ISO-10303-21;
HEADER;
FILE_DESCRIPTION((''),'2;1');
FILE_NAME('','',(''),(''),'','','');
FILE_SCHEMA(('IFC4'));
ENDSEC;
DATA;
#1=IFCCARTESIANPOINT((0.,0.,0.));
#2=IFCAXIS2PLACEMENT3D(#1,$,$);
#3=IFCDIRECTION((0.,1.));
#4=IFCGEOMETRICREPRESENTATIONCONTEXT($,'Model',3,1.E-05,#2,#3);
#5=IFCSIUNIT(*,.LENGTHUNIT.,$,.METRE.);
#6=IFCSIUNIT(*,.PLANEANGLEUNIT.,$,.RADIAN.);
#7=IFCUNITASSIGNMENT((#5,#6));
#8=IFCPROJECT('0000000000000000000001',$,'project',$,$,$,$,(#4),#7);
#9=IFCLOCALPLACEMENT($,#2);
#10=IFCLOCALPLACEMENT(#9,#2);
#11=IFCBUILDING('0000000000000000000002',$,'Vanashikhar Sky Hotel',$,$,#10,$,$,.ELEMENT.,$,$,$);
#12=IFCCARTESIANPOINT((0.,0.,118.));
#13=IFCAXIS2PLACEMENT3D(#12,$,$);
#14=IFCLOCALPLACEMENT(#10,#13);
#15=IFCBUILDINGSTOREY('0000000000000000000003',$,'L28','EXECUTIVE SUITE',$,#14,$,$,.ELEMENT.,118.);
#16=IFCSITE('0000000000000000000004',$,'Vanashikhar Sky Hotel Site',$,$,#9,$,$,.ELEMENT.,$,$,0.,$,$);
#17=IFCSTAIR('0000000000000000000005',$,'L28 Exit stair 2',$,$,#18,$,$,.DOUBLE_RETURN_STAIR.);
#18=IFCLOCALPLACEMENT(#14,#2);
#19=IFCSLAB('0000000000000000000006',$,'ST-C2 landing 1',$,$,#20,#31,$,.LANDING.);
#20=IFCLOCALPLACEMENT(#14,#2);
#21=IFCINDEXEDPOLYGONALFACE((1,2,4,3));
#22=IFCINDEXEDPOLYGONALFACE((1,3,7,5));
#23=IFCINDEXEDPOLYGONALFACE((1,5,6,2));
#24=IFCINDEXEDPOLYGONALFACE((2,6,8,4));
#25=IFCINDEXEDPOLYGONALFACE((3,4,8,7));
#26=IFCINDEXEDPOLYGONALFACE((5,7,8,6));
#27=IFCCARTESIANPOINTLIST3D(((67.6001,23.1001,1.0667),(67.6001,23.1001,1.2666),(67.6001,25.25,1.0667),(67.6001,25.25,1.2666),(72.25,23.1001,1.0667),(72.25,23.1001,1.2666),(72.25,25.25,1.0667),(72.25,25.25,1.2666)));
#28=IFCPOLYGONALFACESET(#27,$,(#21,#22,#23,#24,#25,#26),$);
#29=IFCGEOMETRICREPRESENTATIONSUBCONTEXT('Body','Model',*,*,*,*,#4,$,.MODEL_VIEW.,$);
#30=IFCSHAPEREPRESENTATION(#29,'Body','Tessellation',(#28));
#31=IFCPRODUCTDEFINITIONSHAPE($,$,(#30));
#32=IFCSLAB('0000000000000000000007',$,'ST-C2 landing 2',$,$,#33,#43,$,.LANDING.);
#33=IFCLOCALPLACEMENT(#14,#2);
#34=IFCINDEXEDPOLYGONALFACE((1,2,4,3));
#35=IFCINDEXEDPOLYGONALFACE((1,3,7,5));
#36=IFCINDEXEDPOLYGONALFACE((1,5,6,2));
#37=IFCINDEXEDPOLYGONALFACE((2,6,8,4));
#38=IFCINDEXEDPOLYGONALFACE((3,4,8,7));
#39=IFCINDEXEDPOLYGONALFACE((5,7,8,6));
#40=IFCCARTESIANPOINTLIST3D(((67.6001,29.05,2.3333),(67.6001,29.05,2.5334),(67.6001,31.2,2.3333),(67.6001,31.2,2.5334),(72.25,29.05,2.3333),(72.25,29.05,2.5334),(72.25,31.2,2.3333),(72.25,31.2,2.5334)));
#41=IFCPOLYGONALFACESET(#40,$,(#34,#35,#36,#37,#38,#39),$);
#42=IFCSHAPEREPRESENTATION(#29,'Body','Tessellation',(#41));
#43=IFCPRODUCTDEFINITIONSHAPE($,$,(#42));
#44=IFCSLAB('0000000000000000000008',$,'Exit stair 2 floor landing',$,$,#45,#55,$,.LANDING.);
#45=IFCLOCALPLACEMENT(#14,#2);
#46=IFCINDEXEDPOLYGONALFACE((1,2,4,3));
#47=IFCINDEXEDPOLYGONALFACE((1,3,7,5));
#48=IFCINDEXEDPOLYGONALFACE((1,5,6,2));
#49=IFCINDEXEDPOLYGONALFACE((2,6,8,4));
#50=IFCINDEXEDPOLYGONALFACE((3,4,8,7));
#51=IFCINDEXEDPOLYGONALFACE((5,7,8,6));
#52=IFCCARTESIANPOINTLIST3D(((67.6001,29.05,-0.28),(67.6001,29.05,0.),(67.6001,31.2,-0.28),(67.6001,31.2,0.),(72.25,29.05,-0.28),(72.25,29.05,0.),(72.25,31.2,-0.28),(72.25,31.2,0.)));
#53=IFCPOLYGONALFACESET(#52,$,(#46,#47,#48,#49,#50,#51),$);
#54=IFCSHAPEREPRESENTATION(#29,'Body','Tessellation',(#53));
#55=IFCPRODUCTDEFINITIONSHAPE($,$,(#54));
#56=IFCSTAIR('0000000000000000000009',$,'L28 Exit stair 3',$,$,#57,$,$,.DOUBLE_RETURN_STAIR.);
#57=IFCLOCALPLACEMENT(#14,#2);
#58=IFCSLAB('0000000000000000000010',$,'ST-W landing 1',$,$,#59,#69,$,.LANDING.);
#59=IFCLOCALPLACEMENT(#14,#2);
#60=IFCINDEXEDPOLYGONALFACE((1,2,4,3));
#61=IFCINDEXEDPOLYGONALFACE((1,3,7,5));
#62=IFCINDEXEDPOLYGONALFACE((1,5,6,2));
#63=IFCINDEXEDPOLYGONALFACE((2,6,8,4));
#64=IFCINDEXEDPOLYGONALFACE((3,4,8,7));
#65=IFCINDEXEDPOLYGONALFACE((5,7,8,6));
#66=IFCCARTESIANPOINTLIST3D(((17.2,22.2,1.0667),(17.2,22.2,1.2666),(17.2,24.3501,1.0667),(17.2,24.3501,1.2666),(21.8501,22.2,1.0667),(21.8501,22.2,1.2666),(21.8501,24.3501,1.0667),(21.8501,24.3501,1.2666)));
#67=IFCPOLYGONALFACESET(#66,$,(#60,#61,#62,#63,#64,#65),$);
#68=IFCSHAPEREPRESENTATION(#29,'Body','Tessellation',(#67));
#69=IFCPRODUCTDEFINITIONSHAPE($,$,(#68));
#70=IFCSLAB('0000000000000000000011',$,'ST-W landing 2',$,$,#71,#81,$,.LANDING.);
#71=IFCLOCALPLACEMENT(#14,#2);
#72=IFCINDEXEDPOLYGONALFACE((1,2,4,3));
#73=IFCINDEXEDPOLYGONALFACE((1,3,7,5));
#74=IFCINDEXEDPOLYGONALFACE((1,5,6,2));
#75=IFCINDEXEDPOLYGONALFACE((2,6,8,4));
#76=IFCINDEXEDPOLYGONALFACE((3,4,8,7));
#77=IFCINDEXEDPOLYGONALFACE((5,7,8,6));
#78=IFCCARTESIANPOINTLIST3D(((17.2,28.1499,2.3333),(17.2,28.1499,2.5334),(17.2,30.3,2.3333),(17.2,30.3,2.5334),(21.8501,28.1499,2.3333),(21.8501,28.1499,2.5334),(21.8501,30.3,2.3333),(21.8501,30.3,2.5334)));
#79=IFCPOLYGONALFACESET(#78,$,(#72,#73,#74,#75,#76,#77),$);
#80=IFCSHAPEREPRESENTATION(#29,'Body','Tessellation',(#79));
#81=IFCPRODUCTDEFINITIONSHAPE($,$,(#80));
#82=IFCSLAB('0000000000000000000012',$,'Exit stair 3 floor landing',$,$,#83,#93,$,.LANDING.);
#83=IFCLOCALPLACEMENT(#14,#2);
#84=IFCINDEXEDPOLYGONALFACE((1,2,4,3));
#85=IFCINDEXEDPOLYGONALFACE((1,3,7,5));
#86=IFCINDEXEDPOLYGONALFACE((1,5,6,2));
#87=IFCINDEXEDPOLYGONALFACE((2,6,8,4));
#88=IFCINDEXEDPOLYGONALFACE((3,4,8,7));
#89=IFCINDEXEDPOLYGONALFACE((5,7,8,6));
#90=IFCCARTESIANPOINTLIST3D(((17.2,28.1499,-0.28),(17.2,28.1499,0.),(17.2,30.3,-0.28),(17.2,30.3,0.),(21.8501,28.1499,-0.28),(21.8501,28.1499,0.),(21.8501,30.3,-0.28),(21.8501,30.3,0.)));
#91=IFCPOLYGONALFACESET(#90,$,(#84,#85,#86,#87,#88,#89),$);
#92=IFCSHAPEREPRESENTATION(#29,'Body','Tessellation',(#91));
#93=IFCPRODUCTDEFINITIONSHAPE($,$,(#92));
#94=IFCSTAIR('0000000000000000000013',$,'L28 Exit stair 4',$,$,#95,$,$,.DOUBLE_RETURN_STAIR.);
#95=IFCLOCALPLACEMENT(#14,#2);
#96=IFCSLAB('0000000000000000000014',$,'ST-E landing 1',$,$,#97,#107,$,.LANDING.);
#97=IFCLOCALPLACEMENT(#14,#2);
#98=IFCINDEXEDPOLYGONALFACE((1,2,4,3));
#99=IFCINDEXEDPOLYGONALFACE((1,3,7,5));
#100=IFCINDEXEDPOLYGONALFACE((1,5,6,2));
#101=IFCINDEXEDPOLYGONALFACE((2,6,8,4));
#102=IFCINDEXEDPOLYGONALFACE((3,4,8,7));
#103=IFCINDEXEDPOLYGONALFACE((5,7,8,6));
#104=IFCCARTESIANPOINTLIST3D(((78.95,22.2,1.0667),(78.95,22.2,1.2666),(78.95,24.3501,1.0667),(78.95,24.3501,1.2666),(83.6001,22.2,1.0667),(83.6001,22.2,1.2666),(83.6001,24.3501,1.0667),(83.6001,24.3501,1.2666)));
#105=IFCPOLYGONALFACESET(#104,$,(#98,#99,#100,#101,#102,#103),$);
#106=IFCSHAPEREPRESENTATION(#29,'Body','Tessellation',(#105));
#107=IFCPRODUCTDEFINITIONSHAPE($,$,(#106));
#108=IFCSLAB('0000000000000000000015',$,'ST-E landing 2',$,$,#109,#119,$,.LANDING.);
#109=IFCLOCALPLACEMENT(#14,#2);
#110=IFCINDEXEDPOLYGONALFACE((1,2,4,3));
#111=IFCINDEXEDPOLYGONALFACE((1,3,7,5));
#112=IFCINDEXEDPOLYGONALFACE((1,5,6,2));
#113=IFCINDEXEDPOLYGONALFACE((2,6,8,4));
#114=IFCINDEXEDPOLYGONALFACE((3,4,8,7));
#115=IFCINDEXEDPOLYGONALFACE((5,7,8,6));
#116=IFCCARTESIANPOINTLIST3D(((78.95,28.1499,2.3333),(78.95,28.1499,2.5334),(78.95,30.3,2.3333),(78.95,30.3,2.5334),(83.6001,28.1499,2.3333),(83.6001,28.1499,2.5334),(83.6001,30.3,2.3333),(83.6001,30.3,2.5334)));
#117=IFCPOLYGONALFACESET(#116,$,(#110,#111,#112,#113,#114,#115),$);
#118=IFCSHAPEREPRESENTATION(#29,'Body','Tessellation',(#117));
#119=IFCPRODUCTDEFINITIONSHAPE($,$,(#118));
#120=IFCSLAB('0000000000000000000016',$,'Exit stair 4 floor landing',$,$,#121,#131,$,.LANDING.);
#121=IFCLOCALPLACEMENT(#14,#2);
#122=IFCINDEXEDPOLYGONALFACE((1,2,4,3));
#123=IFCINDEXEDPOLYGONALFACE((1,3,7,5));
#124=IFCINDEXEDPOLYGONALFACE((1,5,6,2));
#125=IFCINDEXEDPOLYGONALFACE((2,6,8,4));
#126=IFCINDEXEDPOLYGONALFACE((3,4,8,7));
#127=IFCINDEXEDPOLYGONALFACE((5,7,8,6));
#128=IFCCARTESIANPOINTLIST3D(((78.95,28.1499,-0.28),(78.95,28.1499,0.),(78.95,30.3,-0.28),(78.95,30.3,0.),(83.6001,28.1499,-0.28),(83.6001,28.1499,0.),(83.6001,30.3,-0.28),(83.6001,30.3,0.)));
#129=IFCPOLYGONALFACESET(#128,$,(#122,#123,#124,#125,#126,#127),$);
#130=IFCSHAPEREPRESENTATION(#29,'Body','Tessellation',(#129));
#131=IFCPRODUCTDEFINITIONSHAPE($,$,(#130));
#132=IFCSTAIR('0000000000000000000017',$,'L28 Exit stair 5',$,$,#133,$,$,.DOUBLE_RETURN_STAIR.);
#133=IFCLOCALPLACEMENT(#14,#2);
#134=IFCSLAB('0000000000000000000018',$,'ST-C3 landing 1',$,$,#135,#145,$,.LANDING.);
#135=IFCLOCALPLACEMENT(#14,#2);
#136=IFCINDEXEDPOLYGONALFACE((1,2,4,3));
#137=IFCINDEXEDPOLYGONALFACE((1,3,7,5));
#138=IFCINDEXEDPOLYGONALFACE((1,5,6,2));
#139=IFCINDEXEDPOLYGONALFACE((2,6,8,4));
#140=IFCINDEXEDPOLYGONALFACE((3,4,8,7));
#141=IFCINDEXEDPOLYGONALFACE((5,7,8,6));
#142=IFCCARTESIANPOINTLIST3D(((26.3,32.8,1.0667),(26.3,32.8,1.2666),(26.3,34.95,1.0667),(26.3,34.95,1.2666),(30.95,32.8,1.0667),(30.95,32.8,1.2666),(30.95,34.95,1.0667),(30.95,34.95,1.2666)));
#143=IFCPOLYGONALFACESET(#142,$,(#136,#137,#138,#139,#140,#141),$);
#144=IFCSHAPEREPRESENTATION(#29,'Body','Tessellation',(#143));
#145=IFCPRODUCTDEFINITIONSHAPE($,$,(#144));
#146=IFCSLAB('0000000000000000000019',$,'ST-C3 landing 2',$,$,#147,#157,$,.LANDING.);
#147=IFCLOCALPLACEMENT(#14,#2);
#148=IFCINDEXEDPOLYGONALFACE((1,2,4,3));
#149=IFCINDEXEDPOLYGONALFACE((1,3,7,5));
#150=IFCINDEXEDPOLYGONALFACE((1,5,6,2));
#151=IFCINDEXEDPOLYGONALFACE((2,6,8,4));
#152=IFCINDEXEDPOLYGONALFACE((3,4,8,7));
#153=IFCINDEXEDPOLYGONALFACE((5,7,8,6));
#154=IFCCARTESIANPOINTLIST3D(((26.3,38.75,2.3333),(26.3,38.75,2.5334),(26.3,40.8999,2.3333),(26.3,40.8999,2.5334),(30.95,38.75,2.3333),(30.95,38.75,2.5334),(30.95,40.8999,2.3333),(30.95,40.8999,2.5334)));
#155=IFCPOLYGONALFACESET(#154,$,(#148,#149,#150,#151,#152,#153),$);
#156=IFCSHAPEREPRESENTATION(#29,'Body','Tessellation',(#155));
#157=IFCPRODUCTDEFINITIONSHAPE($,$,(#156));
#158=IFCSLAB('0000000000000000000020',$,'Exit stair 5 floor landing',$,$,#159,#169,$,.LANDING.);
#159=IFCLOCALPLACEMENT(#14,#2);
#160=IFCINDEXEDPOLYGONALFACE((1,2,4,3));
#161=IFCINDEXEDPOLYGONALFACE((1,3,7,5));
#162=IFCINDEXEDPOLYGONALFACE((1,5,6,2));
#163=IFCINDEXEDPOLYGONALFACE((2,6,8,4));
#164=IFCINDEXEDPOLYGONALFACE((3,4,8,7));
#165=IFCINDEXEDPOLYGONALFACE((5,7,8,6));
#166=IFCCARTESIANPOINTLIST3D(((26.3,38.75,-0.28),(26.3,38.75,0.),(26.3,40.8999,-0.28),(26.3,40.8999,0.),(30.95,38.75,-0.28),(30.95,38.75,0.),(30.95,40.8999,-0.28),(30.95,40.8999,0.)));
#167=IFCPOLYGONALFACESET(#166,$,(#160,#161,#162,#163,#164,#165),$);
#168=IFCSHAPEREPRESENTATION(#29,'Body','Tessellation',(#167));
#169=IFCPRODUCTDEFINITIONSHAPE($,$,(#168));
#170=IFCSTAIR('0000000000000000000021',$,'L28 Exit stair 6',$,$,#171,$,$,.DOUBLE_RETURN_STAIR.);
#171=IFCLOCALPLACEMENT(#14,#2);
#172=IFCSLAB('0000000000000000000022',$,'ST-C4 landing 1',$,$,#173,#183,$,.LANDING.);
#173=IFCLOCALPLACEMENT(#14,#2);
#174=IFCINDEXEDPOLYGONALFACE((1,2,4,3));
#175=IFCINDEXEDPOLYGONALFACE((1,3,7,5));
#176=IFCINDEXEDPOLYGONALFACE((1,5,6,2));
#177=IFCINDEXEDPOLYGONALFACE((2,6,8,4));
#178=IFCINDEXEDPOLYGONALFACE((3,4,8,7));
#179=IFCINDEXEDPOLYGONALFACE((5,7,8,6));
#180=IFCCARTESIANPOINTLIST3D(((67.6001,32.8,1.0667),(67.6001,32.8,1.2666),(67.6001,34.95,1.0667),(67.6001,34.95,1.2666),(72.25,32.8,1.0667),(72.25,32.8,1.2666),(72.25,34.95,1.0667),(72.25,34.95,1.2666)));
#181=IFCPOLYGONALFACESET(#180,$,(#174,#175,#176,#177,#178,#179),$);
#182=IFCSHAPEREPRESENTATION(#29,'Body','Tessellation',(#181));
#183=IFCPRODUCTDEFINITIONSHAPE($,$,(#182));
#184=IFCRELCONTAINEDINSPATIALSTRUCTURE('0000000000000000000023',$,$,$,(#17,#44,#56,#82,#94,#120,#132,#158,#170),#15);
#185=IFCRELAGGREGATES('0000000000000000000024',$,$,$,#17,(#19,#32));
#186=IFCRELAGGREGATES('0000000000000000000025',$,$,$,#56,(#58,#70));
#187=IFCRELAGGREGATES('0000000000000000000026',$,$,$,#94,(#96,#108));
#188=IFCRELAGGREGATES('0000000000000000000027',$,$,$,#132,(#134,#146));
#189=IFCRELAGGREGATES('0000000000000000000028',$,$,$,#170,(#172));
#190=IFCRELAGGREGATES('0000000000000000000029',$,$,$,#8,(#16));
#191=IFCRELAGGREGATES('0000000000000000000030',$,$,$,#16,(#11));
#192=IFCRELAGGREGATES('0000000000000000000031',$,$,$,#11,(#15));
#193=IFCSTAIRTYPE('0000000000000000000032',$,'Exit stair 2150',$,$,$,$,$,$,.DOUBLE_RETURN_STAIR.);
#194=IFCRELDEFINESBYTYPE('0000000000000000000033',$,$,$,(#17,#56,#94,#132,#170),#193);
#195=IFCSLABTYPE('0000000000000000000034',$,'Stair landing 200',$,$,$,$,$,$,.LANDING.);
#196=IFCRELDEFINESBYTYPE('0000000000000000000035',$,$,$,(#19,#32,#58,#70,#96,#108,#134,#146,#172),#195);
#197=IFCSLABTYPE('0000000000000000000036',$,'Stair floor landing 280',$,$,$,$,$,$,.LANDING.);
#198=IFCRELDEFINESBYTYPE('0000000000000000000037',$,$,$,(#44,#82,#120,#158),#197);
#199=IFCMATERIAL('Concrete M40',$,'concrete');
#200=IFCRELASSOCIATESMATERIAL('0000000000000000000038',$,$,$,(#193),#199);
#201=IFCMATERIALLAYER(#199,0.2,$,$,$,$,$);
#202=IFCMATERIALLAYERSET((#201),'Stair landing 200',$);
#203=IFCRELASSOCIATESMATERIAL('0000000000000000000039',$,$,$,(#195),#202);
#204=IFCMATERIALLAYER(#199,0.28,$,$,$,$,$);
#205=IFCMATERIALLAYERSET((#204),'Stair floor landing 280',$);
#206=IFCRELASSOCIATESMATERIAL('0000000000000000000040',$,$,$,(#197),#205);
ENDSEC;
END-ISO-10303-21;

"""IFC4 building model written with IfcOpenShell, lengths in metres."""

from ifc_helpers import new_model, si_unit, direction, frame, origin, place, context, subcontext, project, spatial, polyline, outline, extrude, source, transform, mapped, material, layer, layer_set, type_object, element, aggregate, save


model = new_model("IFC4")

# Units and contexts
model_context = context("Model", 3, precision=1e-05, world=origin(), true_north=direction((0.0, 1.0)))
body_context = subcontext(model_context, "Body", "Model", "MODEL_VIEW")
ifc_project = project(units=[si_unit("LENGTHUNIT", "METRE"), si_unit("PLANEANGLEUNIT", "RADIAN")], contexts=[model_context])

# Site, building, storey
site_placement = place(None, origin())
site = spatial("IfcSite", under=ifc_project, at=site_placement, Name="Vanashikhar Sky Hotel Site", CompositionType="ELEMENT", RefElevation=0.0)
building_placement = place(site_placement, origin())
building = spatial("IfcBuilding", under=site, at=building_placement, Name="Vanashikhar Sky Hotel", CompositionType="ELEMENT")
storey_placement = place(building_placement, frame((0.0, 0.0, 118.0)))
storey = spatial("IfcBuildingStorey", under=building, at=storey_placement, Name="L28", Description="EXECUTIVE SUITE", CompositionType="ELEMENT", Elevation=118.0)

# Shared definitions
ifc_material_1 = material(Name="Concrete M40", Category="concrete")

# Shared definitions
stair_type = type_object("IfcStairType", Name="Exit stair 2150", PredefinedType="DOUBLE_RETURN_STAIR", material=ifc_material_1)
ifc_layer_1 = layer(ifc_material_1, 0.2)
ifc_layer_set_1 = layer_set([ifc_layer_1], Name="Stair landing 200")
slab_type_1 = type_object("IfcSlabType", Name="Stair landing 200", PredefinedType="LANDING", material=ifc_layer_set_1)

# Shared definitions
ifc_layer_2 = layer(ifc_material_1, 0.28)
ifc_layer_set_2 = layer_set([ifc_layer_2], Name="Stair floor landing 280")
slab_type_2 = type_object("IfcSlabType", Name="Stair floor landing 280", PredefinedType="LANDING", material=ifc_layer_set_2)

# Stair, slabs
stair_1_placement = place(storey_placement, origin())
stair_1 = element("IfcStair", 1, at=stair_1_placement, inside=storey, type_object=stair_type, Name="L28 Exit stair 2", PredefinedType="DOUBLE_RETURN_STAIR")
shared_shape_1 = source(origin(), body_context, "Body", "SweptSolid", [
    extrude(outline(polyline([(72.25, 23.1001), (72.25, 25.25), (67.6001, 25.25), (67.6001, 23.1001), (72.25, 23.1001)])), origin(), (0.0, 0.0, 1.0), 0.2),
])
slab_1_placement = place(storey_placement, frame((0.0, 0.0, 1.0667)))
slab_1 = element("IfcSlab", 2, at=slab_1_placement, type_object=slab_type_1, Name="ST-C2 landing 1", PredefinedType="LANDING", context=body_context, shape_type="MappedRepresentation", body=[
    mapped(shared_shape_1, transform((0.0, 0.0, 0.0), scale=1.0)),
])
shared_shape_2 = source(origin(), body_context, "Body", "SweptSolid", [
    extrude(outline(polyline([(72.25, 29.05), (72.25, 31.2), (67.6001, 31.2), (67.6001, 29.05), (72.25, 29.05)])), origin(), (0.0, 0.0, 1.0), 0.2002),
])
slab_2_placement = place(storey_placement, frame((0.0, 0.0, 2.3333)))
slab_2 = element("IfcSlab", 3, at=slab_2_placement, type_object=slab_type_1, Name="ST-C2 landing 2", PredefinedType="LANDING", context=body_context, shape_type="MappedRepresentation", body=[
    mapped(shared_shape_2, transform((0.0, 0.0, 0.0), scale=1.0)),
])
aggregate(stair_1, [slab_1, slab_2])

# Slab
shared_shape_3 = source(origin(), body_context, "Body", "SweptSolid", [
    extrude(outline(polyline([(72.25, 29.05), (72.25, 31.2), (67.6001, 31.2), (67.6001, 29.05), (72.25, 29.05)])), origin(), (0.0, 0.0, 1.0), 0.28),
])
slab_3_placement = place(storey_placement, frame((0.0, 0.0, -0.28)))
element("IfcSlab", 4, at=slab_3_placement, inside=storey, type_object=slab_type_2, Name="Exit stair 2 floor landing", PredefinedType="LANDING", context=body_context, shape_type="MappedRepresentation", body=[
    mapped(shared_shape_3, transform((0.0, 0.0, 0.0), scale=1.0)),
])

# Stair, slabs
stair_2_placement = place(storey_placement, origin())
stair_2 = element("IfcStair", 5, at=stair_2_placement, inside=storey, type_object=stair_type, Name="L28 Exit stair 3", PredefinedType="DOUBLE_RETURN_STAIR")
shared_shape_4 = source(origin(), body_context, "Body", "SweptSolid", [
    extrude(outline(polyline([(21.8501, 22.2), (21.8501, 24.3501), (17.2, 24.3501), (17.2, 22.2), (21.8501, 22.2)])), origin(), (0.0, 0.0, 1.0), 0.2),
])
slab_4_placement = place(storey_placement, frame((0.0, 0.0, 1.0667)))
slab_4 = element("IfcSlab", 6, at=slab_4_placement, type_object=slab_type_1, Name="ST-W landing 1", PredefinedType="LANDING", context=body_context, shape_type="MappedRepresentation", body=[
    mapped(shared_shape_4, transform((0.0, 0.0, 0.0), scale=1.0)),
])
shared_shape_5 = source(origin(), body_context, "Body", "SweptSolid", [
    extrude(outline(polyline([(21.8501, 28.1499), (21.8501, 30.3), (17.2, 30.3), (17.2, 28.1499), (21.8501, 28.1499)])), origin(), (0.0, 0.0, 1.0), 0.2002),
])
slab_5_placement = place(storey_placement, frame((0.0, 0.0, 2.3333)))
slab_5 = element("IfcSlab", 7, at=slab_5_placement, type_object=slab_type_1, Name="ST-W landing 2", PredefinedType="LANDING", context=body_context, shape_type="MappedRepresentation", body=[
    mapped(shared_shape_5, transform((0.0, 0.0, 0.0), scale=1.0)),
])
aggregate(stair_2, [slab_4, slab_5])

# Slab
shared_shape_6 = source(origin(), body_context, "Body", "SweptSolid", [
    extrude(outline(polyline([(21.8501, 28.1499), (21.8501, 30.3), (17.2, 30.3), (17.2, 28.1499), (21.8501, 28.1499)])), origin(), (0.0, 0.0, 1.0), 0.28),
])
slab_6_placement = place(storey_placement, frame((0.0, 0.0, -0.28)))
element("IfcSlab", 8, at=slab_6_placement, inside=storey, type_object=slab_type_2, Name="Exit stair 3 floor landing", PredefinedType="LANDING", context=body_context, shape_type="MappedRepresentation", body=[
    mapped(shared_shape_6, transform((0.0, 0.0, 0.0), scale=1.0)),
])

# Stair, slabs
stair_3_placement = place(storey_placement, origin())
stair_3 = element("IfcStair", 9, at=stair_3_placement, inside=storey, type_object=stair_type, Name="L28 Exit stair 4", PredefinedType="DOUBLE_RETURN_STAIR")
shared_shape_7 = source(origin(), body_context, "Body", "SweptSolid", [
    extrude(outline(polyline([(83.6001, 22.2), (83.6001, 24.3501), (78.95, 24.3501), (78.95, 22.2), (83.6001, 22.2)])), origin(), (0.0, 0.0, 1.0), 0.2),
])
slab_7_placement = place(storey_placement, frame((0.0, 0.0, 1.0667)))
slab_7 = element("IfcSlab", 10, at=slab_7_placement, type_object=slab_type_1, Name="ST-E landing 1", PredefinedType="LANDING", context=body_context, shape_type="MappedRepresentation", body=[
    mapped(shared_shape_7, transform((0.0, 0.0, 0.0), scale=1.0)),
])
shared_shape_8 = source(origin(), body_context, "Body", "SweptSolid", [
    extrude(outline(polyline([(83.6001, 28.1499), (83.6001, 30.3), (78.95, 30.3), (78.95, 28.1499), (83.6001, 28.1499)])), origin(), (0.0, 0.0, 1.0), 0.2002),
])
slab_8_placement = place(storey_placement, frame((0.0, 0.0, 2.3333)))
slab_8 = element("IfcSlab", 11, at=slab_8_placement, type_object=slab_type_1, Name="ST-E landing 2", PredefinedType="LANDING", context=body_context, shape_type="MappedRepresentation", body=[
    mapped(shared_shape_8, transform((0.0, 0.0, 0.0), scale=1.0)),
])
aggregate(stair_3, [slab_7, slab_8])

# Slab
shared_shape_9 = source(origin(), body_context, "Body", "SweptSolid", [
    extrude(outline(polyline([(83.6001, 28.1499), (83.6001, 30.3), (78.95, 30.3), (78.95, 28.1499), (83.6001, 28.1499)])), origin(), (0.0, 0.0, 1.0), 0.28),
])
slab_9_placement = place(storey_placement, frame((0.0, 0.0, -0.28)))
element("IfcSlab", 12, at=slab_9_placement, inside=storey, type_object=slab_type_2, Name="Exit stair 4 floor landing", PredefinedType="LANDING", context=body_context, shape_type="MappedRepresentation", body=[
    mapped(shared_shape_9, transform((0.0, 0.0, 0.0), scale=1.0)),
])

# Stair, slabs
stair_4_placement = place(storey_placement, origin())
stair_4 = element("IfcStair", 13, at=stair_4_placement, inside=storey, type_object=stair_type, Name="L28 Exit stair 5", PredefinedType="DOUBLE_RETURN_STAIR")
shared_shape_10 = source(origin(), body_context, "Body", "SweptSolid", [
    extrude(outline(polyline([(30.95, 32.8), (30.95, 34.95), (26.3, 34.95), (26.3, 32.8), (30.95, 32.8)])), origin(), (0.0, 0.0, 1.0), 0.2),
])
slab_10_placement = place(storey_placement, frame((0.0, 0.0, 1.0667)))
slab_10 = element("IfcSlab", 14, at=slab_10_placement, type_object=slab_type_1, Name="ST-C3 landing 1", PredefinedType="LANDING", context=body_context, shape_type="MappedRepresentation", body=[
    mapped(shared_shape_10, transform((0.0, 0.0, 0.0), scale=1.0)),
])
shared_shape_11 = source(origin(), body_context, "Body", "SweptSolid", [
    extrude(outline(polyline([(30.95, 38.75), (30.95, 40.8999), (26.3, 40.8999), (26.3, 38.75), (30.95, 38.75)])), origin(), (0.0, 0.0, 1.0), 0.2002),
])
slab_11_placement = place(storey_placement, frame((0.0, 0.0, 2.3333)))
slab_11 = element("IfcSlab", 15, at=slab_11_placement, type_object=slab_type_1, Name="ST-C3 landing 2", PredefinedType="LANDING", context=body_context, shape_type="MappedRepresentation", body=[
    mapped(shared_shape_11, transform((0.0, 0.0, 0.0), scale=1.0)),
])
aggregate(stair_4, [slab_10, slab_11])

# Slab
shared_shape_12 = source(origin(), body_context, "Body", "SweptSolid", [
    extrude(outline(polyline([(30.95, 38.75), (30.95, 40.8999), (26.3, 40.8999), (26.3, 38.75), (30.95, 38.75)])), origin(), (0.0, 0.0, 1.0), 0.28),
])
slab_12_placement = place(storey_placement, frame((0.0, 0.0, -0.28)))
element("IfcSlab", 16, at=slab_12_placement, inside=storey, type_object=slab_type_2, Name="Exit stair 5 floor landing", PredefinedType="LANDING", context=body_context, shape_type="MappedRepresentation", body=[
    mapped(shared_shape_12, transform((0.0, 0.0, 0.0), scale=1.0)),
])

# Stair, slab
stair_5_placement = place(storey_placement, origin())
stair_5 = element("IfcStair", 17, at=stair_5_placement, inside=storey, type_object=stair_type, Name="L28 Exit stair 6", PredefinedType="DOUBLE_RETURN_STAIR")
shared_shape_13 = source(origin(), body_context, "Body", "SweptSolid", [
    extrude(outline(polyline([(72.25, 32.8), (72.25, 34.95), (67.6001, 34.95), (67.6001, 32.8), (72.25, 32.8)])), origin(), (0.0, 0.0, 1.0), 0.2),
])
slab_13_placement = place(storey_placement, frame((0.0, 0.0, 1.0667)))
slab_13 = element("IfcSlab", 18, at=slab_13_placement, type_object=slab_type_1, Name="ST-C4 landing 1", PredefinedType="LANDING", context=body_context, shape_type="MappedRepresentation", body=[
    mapped(shared_shape_13, transform((0.0, 0.0, 0.0), scale=1.0)),
])
aggregate(stair_5, [slab_13])

save(model, "model.ifc")
